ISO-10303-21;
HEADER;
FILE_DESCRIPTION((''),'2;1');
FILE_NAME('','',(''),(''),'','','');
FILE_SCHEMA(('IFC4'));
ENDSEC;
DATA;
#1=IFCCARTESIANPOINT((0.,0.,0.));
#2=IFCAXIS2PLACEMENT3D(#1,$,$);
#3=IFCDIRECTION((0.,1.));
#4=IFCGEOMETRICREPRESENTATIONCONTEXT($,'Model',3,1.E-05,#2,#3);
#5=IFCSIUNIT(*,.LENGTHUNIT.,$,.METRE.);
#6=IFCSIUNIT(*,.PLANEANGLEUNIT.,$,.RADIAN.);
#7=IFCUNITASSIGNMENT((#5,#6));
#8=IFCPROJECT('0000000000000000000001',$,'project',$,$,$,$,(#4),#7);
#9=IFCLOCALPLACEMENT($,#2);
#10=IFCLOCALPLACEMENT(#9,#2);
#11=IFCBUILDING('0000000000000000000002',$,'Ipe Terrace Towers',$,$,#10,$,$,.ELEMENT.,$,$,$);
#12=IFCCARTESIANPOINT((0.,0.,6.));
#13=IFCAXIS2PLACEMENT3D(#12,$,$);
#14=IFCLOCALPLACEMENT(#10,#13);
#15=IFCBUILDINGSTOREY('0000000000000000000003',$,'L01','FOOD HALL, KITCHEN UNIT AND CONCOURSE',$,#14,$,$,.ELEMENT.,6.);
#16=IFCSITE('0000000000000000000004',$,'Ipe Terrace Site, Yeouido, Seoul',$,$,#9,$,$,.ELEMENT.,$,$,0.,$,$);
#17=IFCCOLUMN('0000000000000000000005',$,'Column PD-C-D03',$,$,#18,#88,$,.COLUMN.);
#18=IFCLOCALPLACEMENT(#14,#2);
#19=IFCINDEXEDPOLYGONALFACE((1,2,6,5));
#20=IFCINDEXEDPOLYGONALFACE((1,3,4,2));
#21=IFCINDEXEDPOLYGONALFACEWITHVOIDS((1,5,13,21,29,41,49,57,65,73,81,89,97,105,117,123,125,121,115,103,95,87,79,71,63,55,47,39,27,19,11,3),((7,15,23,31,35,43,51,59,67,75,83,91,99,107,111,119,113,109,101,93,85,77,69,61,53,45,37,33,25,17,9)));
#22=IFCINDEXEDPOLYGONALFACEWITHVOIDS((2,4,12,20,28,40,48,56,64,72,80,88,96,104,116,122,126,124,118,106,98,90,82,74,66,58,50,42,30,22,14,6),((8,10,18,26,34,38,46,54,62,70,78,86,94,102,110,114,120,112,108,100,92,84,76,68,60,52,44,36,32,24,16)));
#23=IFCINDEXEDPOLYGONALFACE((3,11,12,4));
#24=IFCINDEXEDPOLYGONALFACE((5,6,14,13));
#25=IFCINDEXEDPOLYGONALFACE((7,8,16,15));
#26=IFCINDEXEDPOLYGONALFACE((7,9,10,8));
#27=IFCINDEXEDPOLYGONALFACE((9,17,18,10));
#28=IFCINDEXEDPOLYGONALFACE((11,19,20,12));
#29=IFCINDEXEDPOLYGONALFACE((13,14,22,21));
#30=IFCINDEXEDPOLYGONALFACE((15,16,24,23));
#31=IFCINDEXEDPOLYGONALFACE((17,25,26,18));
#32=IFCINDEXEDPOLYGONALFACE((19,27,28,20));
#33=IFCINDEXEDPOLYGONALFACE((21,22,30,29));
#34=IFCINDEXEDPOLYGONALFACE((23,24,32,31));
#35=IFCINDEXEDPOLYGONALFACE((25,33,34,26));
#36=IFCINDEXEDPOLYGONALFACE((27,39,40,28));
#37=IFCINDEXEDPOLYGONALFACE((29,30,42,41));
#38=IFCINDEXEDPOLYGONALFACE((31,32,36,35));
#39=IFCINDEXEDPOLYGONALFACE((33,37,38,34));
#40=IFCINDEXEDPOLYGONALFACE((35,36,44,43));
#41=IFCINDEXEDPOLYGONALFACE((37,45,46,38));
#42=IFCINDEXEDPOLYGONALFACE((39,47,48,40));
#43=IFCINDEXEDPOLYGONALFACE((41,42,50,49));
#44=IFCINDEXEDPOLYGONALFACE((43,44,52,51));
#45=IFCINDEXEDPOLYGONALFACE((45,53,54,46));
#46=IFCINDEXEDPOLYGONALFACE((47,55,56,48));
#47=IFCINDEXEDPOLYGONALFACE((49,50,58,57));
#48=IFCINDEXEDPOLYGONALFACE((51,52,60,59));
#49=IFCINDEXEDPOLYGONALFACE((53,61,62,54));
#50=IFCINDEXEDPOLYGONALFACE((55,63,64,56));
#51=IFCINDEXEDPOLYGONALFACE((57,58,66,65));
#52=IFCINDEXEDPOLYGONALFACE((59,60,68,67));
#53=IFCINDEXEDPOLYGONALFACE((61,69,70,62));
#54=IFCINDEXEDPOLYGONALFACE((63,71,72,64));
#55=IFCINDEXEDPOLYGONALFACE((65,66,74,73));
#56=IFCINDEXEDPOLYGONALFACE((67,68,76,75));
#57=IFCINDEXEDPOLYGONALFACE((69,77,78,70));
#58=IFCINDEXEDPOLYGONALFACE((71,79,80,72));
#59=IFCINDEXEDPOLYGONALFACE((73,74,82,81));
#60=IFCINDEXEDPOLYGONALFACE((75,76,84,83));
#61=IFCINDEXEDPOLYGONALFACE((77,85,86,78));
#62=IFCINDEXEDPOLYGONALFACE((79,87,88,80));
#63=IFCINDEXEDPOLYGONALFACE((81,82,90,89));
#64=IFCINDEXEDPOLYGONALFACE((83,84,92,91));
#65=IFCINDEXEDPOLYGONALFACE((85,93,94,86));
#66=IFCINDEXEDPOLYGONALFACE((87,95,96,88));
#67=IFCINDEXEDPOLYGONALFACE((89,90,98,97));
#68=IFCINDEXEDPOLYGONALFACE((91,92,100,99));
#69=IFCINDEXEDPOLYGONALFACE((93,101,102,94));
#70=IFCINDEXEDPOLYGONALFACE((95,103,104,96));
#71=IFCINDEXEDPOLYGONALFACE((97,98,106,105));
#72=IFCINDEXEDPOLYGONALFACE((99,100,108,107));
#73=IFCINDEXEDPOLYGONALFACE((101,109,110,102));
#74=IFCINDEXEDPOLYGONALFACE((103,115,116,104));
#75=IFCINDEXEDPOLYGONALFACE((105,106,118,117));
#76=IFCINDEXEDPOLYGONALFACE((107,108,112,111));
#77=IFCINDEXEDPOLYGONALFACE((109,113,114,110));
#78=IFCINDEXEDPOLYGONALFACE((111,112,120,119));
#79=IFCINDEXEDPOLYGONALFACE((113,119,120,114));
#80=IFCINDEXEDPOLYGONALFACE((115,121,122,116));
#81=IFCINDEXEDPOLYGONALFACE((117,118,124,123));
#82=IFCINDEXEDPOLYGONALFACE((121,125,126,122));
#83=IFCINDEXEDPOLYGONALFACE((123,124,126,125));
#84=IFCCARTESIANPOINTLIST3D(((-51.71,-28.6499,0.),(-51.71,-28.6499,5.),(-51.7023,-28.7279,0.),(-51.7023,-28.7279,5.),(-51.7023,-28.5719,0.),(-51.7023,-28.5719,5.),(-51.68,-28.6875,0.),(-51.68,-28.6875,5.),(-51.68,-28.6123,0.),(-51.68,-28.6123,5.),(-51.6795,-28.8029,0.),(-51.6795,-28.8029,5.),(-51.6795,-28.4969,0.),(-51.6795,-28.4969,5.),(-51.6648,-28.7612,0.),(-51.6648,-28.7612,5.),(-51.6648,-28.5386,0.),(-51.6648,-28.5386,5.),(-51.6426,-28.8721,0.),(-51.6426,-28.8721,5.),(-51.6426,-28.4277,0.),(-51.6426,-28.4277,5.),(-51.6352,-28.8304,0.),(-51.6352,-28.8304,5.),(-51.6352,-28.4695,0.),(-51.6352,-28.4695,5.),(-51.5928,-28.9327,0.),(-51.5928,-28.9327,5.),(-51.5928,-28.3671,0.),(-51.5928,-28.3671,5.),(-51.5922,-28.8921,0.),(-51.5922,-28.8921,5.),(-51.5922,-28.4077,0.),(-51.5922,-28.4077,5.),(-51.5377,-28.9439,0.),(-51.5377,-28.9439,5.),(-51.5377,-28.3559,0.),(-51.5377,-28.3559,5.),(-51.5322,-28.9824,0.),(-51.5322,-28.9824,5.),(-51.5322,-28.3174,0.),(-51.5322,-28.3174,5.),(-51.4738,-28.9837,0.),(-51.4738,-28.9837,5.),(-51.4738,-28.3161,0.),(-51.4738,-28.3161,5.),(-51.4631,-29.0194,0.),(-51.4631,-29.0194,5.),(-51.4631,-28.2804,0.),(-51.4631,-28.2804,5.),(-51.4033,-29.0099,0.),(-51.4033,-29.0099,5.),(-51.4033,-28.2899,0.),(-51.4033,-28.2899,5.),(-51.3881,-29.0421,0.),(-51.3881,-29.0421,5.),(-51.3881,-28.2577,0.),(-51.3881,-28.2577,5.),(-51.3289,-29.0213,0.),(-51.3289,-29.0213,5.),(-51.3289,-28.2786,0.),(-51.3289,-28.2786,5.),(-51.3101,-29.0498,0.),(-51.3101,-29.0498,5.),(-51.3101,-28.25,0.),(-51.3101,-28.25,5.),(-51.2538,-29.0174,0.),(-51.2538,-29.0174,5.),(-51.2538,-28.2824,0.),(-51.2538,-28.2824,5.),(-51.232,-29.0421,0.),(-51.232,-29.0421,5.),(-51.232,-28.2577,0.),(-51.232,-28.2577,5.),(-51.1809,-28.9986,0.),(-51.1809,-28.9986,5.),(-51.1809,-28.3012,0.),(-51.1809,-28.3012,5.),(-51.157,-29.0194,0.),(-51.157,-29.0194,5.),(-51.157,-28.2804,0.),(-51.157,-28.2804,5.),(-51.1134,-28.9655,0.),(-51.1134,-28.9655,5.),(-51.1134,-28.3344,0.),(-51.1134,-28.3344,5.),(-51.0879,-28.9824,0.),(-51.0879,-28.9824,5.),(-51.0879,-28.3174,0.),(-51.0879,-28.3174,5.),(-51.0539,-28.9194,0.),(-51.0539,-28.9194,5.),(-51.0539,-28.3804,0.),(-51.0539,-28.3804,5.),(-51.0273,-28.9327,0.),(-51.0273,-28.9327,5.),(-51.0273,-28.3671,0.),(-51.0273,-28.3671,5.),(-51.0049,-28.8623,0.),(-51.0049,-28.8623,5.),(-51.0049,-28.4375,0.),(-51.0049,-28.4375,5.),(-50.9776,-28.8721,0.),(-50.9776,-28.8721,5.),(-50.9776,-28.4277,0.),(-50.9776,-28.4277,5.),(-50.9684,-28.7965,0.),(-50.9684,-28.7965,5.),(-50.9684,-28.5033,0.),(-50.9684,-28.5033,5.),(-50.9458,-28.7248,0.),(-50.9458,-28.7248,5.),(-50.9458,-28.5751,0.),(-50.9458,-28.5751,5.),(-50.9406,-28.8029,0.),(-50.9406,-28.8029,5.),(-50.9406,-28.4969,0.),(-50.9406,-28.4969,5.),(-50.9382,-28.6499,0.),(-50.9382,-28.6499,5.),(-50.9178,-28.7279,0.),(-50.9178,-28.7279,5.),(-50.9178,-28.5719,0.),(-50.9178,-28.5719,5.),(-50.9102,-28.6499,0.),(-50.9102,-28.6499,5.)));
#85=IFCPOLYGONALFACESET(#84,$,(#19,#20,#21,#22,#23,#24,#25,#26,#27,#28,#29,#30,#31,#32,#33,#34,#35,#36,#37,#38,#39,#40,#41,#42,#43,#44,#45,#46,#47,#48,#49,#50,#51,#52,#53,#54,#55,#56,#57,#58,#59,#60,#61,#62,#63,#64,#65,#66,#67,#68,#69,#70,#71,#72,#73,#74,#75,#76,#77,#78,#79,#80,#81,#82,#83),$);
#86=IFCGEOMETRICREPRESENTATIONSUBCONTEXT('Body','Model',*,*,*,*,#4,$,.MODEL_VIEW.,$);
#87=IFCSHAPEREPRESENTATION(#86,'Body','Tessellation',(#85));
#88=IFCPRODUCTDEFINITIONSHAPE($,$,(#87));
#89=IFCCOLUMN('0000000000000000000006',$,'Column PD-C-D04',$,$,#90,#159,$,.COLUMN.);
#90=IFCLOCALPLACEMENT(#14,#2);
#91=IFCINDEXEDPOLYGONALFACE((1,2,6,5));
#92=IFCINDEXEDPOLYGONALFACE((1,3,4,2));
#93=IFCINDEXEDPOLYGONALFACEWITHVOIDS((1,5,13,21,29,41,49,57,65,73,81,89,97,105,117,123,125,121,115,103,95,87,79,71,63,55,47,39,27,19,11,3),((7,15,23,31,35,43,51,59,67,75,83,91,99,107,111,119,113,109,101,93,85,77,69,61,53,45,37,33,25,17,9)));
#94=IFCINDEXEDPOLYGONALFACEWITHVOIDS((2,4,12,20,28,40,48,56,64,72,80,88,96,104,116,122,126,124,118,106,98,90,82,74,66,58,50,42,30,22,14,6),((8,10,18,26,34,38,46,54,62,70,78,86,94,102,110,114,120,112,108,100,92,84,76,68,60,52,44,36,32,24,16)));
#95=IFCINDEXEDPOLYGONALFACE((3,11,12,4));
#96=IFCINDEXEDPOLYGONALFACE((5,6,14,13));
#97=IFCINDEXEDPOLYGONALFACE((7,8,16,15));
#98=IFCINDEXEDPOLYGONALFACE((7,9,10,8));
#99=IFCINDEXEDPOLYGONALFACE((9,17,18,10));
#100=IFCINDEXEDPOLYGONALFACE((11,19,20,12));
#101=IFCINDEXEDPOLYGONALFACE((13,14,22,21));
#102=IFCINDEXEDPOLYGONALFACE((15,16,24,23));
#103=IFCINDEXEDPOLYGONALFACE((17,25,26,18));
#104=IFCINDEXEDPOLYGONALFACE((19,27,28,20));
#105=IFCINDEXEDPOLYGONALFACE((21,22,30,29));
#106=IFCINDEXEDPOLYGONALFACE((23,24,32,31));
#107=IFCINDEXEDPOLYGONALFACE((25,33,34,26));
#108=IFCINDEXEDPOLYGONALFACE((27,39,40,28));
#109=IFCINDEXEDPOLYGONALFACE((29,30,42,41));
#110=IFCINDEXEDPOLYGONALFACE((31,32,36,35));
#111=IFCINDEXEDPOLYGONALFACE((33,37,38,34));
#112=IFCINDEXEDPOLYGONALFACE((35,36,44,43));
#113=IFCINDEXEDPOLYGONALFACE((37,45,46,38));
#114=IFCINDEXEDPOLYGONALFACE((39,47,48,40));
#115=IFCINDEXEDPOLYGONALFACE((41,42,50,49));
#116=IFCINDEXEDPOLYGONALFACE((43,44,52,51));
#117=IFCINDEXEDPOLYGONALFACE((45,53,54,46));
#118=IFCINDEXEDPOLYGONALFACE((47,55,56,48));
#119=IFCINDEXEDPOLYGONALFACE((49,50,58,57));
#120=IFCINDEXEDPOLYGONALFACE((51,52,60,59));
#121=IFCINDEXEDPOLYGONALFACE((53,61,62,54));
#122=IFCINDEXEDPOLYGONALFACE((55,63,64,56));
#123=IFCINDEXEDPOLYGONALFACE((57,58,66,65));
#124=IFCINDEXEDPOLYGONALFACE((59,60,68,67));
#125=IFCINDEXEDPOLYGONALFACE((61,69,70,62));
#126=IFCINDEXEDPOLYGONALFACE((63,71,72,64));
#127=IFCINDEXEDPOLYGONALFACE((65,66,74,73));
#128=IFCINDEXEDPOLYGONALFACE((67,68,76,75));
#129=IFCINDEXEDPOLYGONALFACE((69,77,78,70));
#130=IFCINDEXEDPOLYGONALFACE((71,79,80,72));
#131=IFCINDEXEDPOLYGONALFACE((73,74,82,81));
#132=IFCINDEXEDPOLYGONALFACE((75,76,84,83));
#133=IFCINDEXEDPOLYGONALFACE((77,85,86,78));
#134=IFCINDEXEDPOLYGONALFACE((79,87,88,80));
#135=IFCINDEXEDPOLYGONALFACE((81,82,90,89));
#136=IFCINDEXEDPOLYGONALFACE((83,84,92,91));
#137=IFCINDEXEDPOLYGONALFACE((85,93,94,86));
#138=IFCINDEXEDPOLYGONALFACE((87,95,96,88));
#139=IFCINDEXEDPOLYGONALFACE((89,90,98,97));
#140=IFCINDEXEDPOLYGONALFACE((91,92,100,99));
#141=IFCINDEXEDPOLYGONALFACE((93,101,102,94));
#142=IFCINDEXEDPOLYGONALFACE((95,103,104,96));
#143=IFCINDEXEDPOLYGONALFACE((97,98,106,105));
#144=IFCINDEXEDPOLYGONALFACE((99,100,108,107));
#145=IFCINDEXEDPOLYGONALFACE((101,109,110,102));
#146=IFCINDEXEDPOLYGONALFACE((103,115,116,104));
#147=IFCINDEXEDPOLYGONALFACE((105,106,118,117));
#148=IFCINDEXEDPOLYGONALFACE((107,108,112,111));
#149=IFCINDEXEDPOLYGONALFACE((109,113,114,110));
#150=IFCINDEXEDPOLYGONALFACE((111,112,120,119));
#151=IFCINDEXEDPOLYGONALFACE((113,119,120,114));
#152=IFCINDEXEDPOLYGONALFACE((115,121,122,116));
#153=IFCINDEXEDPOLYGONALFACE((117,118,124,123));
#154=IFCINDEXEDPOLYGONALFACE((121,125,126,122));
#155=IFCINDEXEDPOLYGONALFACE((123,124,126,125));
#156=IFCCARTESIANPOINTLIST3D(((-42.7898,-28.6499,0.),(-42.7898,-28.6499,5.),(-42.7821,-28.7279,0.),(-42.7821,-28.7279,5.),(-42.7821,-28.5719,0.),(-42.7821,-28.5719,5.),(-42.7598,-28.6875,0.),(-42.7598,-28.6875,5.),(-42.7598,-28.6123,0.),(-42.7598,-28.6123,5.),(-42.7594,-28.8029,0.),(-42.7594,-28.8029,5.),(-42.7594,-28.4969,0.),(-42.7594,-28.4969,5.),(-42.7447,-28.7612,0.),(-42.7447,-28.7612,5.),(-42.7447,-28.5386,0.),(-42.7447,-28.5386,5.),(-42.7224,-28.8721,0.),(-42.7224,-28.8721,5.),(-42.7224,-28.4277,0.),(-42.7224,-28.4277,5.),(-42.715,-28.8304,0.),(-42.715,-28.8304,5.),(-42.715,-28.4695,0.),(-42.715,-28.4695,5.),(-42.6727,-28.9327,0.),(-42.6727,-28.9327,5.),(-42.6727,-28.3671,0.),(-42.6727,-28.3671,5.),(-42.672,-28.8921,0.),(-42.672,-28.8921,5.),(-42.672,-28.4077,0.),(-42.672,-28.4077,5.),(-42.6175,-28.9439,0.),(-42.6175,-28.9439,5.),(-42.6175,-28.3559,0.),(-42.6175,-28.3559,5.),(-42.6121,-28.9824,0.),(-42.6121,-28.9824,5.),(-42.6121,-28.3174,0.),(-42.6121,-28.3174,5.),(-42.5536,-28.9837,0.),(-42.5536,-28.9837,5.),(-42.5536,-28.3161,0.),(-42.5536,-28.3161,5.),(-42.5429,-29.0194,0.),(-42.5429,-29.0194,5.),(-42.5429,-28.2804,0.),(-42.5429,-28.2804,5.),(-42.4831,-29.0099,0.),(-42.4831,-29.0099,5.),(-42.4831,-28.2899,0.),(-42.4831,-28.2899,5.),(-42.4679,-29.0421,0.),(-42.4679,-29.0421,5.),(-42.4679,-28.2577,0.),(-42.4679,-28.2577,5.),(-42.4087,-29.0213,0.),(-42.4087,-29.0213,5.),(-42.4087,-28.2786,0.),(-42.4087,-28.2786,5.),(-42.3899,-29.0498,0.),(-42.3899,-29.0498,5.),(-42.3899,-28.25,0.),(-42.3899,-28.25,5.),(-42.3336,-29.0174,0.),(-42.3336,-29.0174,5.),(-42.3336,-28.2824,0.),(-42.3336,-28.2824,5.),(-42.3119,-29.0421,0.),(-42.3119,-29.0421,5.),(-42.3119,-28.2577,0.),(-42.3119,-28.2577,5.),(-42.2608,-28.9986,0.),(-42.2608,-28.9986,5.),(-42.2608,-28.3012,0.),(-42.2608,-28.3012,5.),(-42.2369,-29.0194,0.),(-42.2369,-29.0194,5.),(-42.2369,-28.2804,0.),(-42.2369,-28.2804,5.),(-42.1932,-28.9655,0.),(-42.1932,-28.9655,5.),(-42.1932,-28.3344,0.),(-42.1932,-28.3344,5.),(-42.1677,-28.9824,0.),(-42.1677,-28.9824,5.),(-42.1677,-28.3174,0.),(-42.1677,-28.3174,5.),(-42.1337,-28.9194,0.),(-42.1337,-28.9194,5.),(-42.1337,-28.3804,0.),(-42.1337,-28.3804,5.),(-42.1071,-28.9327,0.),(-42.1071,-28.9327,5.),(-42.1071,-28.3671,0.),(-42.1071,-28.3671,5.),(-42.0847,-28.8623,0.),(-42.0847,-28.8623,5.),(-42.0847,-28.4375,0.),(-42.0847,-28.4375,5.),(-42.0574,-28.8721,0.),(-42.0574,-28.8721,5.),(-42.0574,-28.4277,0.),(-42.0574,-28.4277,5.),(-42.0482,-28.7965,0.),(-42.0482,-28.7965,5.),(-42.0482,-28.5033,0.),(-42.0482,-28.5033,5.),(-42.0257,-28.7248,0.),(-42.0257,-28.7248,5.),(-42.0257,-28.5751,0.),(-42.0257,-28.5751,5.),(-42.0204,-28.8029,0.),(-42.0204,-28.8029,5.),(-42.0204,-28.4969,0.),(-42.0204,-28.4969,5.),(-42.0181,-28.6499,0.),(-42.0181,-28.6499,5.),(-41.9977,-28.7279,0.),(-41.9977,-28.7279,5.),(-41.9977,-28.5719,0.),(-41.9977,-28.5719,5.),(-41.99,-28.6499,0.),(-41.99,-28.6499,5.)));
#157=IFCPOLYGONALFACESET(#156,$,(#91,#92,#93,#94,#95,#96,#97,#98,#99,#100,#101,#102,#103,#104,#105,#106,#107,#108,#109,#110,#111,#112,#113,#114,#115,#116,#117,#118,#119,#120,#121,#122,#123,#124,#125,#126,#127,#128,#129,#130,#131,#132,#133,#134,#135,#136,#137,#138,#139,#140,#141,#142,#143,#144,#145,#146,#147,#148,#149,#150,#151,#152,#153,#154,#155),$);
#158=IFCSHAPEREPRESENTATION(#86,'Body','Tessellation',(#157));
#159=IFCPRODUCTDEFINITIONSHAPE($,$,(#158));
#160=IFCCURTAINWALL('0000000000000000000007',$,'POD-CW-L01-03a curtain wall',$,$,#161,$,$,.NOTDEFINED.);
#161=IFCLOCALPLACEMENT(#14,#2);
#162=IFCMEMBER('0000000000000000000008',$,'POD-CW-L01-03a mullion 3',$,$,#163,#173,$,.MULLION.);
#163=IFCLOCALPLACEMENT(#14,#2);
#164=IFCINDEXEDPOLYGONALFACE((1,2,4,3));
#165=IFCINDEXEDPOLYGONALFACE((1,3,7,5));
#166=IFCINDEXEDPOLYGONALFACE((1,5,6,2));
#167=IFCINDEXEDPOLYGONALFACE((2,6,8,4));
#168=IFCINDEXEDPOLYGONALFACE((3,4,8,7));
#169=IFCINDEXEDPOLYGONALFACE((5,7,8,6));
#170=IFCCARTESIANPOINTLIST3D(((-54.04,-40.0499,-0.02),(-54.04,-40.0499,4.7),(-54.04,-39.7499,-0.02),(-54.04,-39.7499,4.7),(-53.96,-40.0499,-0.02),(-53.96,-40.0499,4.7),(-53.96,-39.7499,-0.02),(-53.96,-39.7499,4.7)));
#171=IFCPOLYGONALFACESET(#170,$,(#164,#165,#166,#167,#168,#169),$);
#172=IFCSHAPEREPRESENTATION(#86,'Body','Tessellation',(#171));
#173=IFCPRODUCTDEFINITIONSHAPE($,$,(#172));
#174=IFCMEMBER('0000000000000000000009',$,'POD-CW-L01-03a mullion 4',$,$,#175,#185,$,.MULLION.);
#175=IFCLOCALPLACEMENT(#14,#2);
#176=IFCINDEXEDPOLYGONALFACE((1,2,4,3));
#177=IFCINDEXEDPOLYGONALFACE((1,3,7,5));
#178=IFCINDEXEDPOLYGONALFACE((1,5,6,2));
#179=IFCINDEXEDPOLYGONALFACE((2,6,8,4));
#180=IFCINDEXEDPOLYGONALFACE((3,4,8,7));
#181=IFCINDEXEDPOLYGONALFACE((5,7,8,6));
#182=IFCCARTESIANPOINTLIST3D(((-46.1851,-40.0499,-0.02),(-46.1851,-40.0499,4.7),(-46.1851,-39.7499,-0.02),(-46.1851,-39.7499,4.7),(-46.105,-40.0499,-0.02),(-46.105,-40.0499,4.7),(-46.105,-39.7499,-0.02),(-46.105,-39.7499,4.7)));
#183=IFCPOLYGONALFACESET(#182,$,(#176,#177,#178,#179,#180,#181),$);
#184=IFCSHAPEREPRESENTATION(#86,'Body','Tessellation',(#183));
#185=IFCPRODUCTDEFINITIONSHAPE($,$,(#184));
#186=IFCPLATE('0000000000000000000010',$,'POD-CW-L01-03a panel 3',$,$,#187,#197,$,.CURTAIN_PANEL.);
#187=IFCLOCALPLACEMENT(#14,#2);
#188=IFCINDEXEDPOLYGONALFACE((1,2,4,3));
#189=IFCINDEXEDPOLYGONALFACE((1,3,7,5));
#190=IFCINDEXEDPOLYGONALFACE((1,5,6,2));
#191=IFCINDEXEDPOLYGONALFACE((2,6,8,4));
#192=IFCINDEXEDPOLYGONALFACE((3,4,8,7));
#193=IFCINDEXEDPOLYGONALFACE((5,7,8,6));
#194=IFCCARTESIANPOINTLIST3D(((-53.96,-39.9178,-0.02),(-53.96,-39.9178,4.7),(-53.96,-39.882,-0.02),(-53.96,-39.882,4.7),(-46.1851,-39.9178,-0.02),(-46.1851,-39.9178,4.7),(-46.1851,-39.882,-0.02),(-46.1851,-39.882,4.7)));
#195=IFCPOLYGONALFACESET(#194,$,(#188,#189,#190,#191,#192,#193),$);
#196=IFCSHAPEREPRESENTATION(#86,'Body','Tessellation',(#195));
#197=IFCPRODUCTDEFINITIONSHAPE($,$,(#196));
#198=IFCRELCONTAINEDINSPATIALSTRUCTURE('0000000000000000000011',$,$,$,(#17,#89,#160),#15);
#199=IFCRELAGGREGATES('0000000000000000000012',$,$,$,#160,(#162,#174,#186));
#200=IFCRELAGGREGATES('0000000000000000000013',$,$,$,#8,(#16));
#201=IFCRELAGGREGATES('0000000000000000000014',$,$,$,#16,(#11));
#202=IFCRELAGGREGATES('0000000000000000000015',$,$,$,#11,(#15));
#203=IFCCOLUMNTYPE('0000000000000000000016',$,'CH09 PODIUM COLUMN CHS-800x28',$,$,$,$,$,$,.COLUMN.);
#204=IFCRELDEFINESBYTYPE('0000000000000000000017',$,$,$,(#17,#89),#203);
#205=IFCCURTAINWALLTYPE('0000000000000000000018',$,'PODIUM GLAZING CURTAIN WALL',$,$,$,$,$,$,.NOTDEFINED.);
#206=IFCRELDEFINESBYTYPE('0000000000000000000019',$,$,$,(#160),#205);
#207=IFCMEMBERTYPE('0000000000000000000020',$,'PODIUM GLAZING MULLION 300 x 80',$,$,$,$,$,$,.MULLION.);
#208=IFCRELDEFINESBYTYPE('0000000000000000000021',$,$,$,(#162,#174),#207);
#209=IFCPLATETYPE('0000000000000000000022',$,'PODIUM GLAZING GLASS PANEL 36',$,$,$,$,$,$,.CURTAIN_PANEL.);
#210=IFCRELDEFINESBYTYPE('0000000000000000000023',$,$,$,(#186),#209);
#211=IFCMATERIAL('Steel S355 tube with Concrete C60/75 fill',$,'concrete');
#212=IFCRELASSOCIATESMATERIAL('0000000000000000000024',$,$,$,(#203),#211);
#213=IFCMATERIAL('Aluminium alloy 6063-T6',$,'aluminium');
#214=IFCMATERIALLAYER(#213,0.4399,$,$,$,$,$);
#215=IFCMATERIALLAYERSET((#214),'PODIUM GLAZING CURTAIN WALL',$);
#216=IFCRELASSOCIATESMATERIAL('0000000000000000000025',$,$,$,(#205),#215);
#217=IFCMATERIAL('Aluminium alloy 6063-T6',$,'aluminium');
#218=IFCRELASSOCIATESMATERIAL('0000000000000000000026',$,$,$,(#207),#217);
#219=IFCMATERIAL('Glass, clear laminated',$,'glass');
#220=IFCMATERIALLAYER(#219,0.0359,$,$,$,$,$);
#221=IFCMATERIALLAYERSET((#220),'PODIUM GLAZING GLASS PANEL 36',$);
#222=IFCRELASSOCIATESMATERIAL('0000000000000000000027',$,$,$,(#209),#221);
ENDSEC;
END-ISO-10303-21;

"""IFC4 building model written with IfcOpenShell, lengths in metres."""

from ifc_helpers import new_model, si_unit, direction, frame, origin, origin_2d, place, context, subcontext, project, spatial, rectangle, hollow_circle, extrude, material, layer, layer_set, material_profile, profile_set, type_object, element, aggregate, save


model = new_model("IFC4")

# Units and contexts
model_context = context("Model", 3, precision=1e-05, world=origin(), true_north=direction((0.0, 1.0)))
body_context = subcontext(model_context, "Body", "Model", "MODEL_VIEW")
ifc_project = project(units=[si_unit("LENGTHUNIT", "METRE"), si_unit("PLANEANGLEUNIT", "RADIAN")], contexts=[model_context])

# Site, building, storey
site_placement = place(None, origin())
site = spatial("IfcSite", under=ifc_project, at=site_placement, Name="Ipe Terrace Site, Yeouido, Seoul", CompositionType="ELEMENT", RefElevation=0.0)
building_placement = place(site_placement, origin())
building = spatial("IfcBuilding", under=site, at=building_placement, Name="Ipe Terrace Towers", CompositionType="ELEMENT")
storey_placement = place(building_placement, frame((0.0, 0.0, 6.0)))
storey = spatial("IfcBuildingStorey", under=building, at=storey_placement, Name="L01", Description="FOOD HALL, KITCHEN UNIT AND CONCOURSE", CompositionType="ELEMENT", Elevation=6.0)

# Columns
ifc_material_1 = material(Name="Steel S355 tube with Concrete C60/75 fill", Category="concrete")
ifc_material_profile_1 = material_profile(ifc_material_1, hollow_circle(Radius=0.3999, WallThickness=0.0281, at=origin_2d()), Name="CHS-800x28")
ifc_profile_set_1 = profile_set([ifc_material_profile_1], Name="Steel S355 tube with Concrete C60/75 fill")
column_type = type_object("IfcColumnType", Name="CH09 PODIUM COLUMN CHS-800x28", PredefinedType="COLUMN", material=ifc_profile_set_1)
for number, where, z_axis, x_axis, name in (
    (1, (-51.3101, -28.6499, 0.0), (0.0, 0.0, 1.0), (1.0, 0.0, 0.0), "Column PD-C-D03"),
    (2, (-42.3899, -28.6499, 0.0), (0.0, 0.0, 1.0), (1.0, 0.0, 0.0), "Column PD-C-D04"),
):
    element("IfcColumn", number, at=place(storey_placement, frame(where, z_axis=z_axis, x_axis=x_axis)), inside=storey, type_object=column_type, Name=name, PredefinedType="COLUMN", context=body_context, shape_type="SweptSolid", body=[
        extrude(hollow_circle(Radius=0.3999, WallThickness=0.0281, at=origin_2d()), origin(), (0.0, 0.0, 1.0), 5.0),
    ])

# Curtain wall, members, plate
ifc_material_2 = material(Name="Aluminium alloy 6063-T6", Category="aluminium")
ifc_layer_1 = layer(ifc_material_2, 0.4399)
ifc_layer_set_1 = layer_set([ifc_layer_1], Name="PODIUM GLAZING CURTAIN WALL")
curtain_wall_type = type_object("IfcCurtainWallType", Name="PODIUM GLAZING CURTAIN WALL", PredefinedType="NOTDEFINED", material=ifc_layer_set_1)
curtain_wall_placement = place(storey_placement, origin())
curtain_wall = element("IfcCurtainWall", 3, at=curtain_wall_placement, inside=storey, type_object=curtain_wall_type, Name="POD-CW-L01-03a curtain wall", PredefinedType="NOTDEFINED")
ifc_material_3 = material(Name="Aluminium alloy 6063-T6", Category="aluminium")
ifc_material_profile_2 = material_profile(ifc_material_3, rectangle(XDim=0.3, YDim=0.0801, at=origin_2d()), Name="PODIUM GLAZING MULLION 300 x 80")
ifc_profile_set_2 = profile_set([ifc_material_profile_2], Name="Aluminium alloy 6063-T6")
member_type = type_object("IfcMemberType", Name="PODIUM GLAZING MULLION 300 x 80", PredefinedType="MULLION", material=ifc_profile_set_2)
member_1_placement = place(storey_placement, frame((-54.0, -39.8999, -0.02), z_axis=(0.0, 0.0, 1.0), x_axis=(0.0, -1.0, 0.0)))
member_1 = element("IfcMember", 4, at=member_1_placement, type_object=member_type, Name="POD-CW-L01-03a mullion 3", PredefinedType="MULLION", context=body_context, shape_type="SweptSolid", body=[
    extrude(rectangle(XDim=0.3, YDim=0.0801, at=origin_2d()), origin(), (0.0, 0.0, 1.0), 4.72),
])
member_2_placement = place(storey_placement, frame((-46.145, -39.8999, -0.02), z_axis=(0.0, 0.0, 1.0), x_axis=(0.0, -1.0, 0.0)))
member_2 = element("IfcMember", 5, at=member_2_placement, type_object=member_type, Name="POD-CW-L01-03a mullion 4", PredefinedType="MULLION", context=body_context, shape_type="SweptSolid", body=[
    extrude(rectangle(XDim=0.3, YDim=0.0801, at=origin_2d()), origin(), (0.0, 0.0, 1.0), 4.72),
])
ifc_material_4 = material(Name="Glass, clear laminated", Category="glass")
ifc_layer_2 = layer(ifc_material_4, 0.0359)
ifc_layer_set_2 = layer_set([ifc_layer_2], Name="PODIUM GLAZING GLASS PANEL 36")
plate_type = type_object("IfcPlateType", Name="PODIUM GLAZING GLASS PANEL 36", PredefinedType="CURTAIN_PANEL", material=ifc_layer_set_2)
plate_1_placement = place(storey_placement, frame((-50.0725, -39.8999, -0.02), z_axis=(0.0, 0.0, 1.0), x_axis=(1.0, 0.0, 0.0)))
plate_1 = element("IfcPlate", 6, at=plate_1_placement, type_object=plate_type, Name="POD-CW-L01-03a panel 3", PredefinedType="CURTAIN_PANEL", context=body_context, shape_type="SweptSolid", body=[
    extrude(rectangle(XDim=7.7749, YDim=0.0359, at=origin_2d()), origin(), (0.0, 0.0, 1.0), 4.72),
])
aggregate(curtain_wall, [member_1, member_2, plate_1])

save(model, "model.ifc")
